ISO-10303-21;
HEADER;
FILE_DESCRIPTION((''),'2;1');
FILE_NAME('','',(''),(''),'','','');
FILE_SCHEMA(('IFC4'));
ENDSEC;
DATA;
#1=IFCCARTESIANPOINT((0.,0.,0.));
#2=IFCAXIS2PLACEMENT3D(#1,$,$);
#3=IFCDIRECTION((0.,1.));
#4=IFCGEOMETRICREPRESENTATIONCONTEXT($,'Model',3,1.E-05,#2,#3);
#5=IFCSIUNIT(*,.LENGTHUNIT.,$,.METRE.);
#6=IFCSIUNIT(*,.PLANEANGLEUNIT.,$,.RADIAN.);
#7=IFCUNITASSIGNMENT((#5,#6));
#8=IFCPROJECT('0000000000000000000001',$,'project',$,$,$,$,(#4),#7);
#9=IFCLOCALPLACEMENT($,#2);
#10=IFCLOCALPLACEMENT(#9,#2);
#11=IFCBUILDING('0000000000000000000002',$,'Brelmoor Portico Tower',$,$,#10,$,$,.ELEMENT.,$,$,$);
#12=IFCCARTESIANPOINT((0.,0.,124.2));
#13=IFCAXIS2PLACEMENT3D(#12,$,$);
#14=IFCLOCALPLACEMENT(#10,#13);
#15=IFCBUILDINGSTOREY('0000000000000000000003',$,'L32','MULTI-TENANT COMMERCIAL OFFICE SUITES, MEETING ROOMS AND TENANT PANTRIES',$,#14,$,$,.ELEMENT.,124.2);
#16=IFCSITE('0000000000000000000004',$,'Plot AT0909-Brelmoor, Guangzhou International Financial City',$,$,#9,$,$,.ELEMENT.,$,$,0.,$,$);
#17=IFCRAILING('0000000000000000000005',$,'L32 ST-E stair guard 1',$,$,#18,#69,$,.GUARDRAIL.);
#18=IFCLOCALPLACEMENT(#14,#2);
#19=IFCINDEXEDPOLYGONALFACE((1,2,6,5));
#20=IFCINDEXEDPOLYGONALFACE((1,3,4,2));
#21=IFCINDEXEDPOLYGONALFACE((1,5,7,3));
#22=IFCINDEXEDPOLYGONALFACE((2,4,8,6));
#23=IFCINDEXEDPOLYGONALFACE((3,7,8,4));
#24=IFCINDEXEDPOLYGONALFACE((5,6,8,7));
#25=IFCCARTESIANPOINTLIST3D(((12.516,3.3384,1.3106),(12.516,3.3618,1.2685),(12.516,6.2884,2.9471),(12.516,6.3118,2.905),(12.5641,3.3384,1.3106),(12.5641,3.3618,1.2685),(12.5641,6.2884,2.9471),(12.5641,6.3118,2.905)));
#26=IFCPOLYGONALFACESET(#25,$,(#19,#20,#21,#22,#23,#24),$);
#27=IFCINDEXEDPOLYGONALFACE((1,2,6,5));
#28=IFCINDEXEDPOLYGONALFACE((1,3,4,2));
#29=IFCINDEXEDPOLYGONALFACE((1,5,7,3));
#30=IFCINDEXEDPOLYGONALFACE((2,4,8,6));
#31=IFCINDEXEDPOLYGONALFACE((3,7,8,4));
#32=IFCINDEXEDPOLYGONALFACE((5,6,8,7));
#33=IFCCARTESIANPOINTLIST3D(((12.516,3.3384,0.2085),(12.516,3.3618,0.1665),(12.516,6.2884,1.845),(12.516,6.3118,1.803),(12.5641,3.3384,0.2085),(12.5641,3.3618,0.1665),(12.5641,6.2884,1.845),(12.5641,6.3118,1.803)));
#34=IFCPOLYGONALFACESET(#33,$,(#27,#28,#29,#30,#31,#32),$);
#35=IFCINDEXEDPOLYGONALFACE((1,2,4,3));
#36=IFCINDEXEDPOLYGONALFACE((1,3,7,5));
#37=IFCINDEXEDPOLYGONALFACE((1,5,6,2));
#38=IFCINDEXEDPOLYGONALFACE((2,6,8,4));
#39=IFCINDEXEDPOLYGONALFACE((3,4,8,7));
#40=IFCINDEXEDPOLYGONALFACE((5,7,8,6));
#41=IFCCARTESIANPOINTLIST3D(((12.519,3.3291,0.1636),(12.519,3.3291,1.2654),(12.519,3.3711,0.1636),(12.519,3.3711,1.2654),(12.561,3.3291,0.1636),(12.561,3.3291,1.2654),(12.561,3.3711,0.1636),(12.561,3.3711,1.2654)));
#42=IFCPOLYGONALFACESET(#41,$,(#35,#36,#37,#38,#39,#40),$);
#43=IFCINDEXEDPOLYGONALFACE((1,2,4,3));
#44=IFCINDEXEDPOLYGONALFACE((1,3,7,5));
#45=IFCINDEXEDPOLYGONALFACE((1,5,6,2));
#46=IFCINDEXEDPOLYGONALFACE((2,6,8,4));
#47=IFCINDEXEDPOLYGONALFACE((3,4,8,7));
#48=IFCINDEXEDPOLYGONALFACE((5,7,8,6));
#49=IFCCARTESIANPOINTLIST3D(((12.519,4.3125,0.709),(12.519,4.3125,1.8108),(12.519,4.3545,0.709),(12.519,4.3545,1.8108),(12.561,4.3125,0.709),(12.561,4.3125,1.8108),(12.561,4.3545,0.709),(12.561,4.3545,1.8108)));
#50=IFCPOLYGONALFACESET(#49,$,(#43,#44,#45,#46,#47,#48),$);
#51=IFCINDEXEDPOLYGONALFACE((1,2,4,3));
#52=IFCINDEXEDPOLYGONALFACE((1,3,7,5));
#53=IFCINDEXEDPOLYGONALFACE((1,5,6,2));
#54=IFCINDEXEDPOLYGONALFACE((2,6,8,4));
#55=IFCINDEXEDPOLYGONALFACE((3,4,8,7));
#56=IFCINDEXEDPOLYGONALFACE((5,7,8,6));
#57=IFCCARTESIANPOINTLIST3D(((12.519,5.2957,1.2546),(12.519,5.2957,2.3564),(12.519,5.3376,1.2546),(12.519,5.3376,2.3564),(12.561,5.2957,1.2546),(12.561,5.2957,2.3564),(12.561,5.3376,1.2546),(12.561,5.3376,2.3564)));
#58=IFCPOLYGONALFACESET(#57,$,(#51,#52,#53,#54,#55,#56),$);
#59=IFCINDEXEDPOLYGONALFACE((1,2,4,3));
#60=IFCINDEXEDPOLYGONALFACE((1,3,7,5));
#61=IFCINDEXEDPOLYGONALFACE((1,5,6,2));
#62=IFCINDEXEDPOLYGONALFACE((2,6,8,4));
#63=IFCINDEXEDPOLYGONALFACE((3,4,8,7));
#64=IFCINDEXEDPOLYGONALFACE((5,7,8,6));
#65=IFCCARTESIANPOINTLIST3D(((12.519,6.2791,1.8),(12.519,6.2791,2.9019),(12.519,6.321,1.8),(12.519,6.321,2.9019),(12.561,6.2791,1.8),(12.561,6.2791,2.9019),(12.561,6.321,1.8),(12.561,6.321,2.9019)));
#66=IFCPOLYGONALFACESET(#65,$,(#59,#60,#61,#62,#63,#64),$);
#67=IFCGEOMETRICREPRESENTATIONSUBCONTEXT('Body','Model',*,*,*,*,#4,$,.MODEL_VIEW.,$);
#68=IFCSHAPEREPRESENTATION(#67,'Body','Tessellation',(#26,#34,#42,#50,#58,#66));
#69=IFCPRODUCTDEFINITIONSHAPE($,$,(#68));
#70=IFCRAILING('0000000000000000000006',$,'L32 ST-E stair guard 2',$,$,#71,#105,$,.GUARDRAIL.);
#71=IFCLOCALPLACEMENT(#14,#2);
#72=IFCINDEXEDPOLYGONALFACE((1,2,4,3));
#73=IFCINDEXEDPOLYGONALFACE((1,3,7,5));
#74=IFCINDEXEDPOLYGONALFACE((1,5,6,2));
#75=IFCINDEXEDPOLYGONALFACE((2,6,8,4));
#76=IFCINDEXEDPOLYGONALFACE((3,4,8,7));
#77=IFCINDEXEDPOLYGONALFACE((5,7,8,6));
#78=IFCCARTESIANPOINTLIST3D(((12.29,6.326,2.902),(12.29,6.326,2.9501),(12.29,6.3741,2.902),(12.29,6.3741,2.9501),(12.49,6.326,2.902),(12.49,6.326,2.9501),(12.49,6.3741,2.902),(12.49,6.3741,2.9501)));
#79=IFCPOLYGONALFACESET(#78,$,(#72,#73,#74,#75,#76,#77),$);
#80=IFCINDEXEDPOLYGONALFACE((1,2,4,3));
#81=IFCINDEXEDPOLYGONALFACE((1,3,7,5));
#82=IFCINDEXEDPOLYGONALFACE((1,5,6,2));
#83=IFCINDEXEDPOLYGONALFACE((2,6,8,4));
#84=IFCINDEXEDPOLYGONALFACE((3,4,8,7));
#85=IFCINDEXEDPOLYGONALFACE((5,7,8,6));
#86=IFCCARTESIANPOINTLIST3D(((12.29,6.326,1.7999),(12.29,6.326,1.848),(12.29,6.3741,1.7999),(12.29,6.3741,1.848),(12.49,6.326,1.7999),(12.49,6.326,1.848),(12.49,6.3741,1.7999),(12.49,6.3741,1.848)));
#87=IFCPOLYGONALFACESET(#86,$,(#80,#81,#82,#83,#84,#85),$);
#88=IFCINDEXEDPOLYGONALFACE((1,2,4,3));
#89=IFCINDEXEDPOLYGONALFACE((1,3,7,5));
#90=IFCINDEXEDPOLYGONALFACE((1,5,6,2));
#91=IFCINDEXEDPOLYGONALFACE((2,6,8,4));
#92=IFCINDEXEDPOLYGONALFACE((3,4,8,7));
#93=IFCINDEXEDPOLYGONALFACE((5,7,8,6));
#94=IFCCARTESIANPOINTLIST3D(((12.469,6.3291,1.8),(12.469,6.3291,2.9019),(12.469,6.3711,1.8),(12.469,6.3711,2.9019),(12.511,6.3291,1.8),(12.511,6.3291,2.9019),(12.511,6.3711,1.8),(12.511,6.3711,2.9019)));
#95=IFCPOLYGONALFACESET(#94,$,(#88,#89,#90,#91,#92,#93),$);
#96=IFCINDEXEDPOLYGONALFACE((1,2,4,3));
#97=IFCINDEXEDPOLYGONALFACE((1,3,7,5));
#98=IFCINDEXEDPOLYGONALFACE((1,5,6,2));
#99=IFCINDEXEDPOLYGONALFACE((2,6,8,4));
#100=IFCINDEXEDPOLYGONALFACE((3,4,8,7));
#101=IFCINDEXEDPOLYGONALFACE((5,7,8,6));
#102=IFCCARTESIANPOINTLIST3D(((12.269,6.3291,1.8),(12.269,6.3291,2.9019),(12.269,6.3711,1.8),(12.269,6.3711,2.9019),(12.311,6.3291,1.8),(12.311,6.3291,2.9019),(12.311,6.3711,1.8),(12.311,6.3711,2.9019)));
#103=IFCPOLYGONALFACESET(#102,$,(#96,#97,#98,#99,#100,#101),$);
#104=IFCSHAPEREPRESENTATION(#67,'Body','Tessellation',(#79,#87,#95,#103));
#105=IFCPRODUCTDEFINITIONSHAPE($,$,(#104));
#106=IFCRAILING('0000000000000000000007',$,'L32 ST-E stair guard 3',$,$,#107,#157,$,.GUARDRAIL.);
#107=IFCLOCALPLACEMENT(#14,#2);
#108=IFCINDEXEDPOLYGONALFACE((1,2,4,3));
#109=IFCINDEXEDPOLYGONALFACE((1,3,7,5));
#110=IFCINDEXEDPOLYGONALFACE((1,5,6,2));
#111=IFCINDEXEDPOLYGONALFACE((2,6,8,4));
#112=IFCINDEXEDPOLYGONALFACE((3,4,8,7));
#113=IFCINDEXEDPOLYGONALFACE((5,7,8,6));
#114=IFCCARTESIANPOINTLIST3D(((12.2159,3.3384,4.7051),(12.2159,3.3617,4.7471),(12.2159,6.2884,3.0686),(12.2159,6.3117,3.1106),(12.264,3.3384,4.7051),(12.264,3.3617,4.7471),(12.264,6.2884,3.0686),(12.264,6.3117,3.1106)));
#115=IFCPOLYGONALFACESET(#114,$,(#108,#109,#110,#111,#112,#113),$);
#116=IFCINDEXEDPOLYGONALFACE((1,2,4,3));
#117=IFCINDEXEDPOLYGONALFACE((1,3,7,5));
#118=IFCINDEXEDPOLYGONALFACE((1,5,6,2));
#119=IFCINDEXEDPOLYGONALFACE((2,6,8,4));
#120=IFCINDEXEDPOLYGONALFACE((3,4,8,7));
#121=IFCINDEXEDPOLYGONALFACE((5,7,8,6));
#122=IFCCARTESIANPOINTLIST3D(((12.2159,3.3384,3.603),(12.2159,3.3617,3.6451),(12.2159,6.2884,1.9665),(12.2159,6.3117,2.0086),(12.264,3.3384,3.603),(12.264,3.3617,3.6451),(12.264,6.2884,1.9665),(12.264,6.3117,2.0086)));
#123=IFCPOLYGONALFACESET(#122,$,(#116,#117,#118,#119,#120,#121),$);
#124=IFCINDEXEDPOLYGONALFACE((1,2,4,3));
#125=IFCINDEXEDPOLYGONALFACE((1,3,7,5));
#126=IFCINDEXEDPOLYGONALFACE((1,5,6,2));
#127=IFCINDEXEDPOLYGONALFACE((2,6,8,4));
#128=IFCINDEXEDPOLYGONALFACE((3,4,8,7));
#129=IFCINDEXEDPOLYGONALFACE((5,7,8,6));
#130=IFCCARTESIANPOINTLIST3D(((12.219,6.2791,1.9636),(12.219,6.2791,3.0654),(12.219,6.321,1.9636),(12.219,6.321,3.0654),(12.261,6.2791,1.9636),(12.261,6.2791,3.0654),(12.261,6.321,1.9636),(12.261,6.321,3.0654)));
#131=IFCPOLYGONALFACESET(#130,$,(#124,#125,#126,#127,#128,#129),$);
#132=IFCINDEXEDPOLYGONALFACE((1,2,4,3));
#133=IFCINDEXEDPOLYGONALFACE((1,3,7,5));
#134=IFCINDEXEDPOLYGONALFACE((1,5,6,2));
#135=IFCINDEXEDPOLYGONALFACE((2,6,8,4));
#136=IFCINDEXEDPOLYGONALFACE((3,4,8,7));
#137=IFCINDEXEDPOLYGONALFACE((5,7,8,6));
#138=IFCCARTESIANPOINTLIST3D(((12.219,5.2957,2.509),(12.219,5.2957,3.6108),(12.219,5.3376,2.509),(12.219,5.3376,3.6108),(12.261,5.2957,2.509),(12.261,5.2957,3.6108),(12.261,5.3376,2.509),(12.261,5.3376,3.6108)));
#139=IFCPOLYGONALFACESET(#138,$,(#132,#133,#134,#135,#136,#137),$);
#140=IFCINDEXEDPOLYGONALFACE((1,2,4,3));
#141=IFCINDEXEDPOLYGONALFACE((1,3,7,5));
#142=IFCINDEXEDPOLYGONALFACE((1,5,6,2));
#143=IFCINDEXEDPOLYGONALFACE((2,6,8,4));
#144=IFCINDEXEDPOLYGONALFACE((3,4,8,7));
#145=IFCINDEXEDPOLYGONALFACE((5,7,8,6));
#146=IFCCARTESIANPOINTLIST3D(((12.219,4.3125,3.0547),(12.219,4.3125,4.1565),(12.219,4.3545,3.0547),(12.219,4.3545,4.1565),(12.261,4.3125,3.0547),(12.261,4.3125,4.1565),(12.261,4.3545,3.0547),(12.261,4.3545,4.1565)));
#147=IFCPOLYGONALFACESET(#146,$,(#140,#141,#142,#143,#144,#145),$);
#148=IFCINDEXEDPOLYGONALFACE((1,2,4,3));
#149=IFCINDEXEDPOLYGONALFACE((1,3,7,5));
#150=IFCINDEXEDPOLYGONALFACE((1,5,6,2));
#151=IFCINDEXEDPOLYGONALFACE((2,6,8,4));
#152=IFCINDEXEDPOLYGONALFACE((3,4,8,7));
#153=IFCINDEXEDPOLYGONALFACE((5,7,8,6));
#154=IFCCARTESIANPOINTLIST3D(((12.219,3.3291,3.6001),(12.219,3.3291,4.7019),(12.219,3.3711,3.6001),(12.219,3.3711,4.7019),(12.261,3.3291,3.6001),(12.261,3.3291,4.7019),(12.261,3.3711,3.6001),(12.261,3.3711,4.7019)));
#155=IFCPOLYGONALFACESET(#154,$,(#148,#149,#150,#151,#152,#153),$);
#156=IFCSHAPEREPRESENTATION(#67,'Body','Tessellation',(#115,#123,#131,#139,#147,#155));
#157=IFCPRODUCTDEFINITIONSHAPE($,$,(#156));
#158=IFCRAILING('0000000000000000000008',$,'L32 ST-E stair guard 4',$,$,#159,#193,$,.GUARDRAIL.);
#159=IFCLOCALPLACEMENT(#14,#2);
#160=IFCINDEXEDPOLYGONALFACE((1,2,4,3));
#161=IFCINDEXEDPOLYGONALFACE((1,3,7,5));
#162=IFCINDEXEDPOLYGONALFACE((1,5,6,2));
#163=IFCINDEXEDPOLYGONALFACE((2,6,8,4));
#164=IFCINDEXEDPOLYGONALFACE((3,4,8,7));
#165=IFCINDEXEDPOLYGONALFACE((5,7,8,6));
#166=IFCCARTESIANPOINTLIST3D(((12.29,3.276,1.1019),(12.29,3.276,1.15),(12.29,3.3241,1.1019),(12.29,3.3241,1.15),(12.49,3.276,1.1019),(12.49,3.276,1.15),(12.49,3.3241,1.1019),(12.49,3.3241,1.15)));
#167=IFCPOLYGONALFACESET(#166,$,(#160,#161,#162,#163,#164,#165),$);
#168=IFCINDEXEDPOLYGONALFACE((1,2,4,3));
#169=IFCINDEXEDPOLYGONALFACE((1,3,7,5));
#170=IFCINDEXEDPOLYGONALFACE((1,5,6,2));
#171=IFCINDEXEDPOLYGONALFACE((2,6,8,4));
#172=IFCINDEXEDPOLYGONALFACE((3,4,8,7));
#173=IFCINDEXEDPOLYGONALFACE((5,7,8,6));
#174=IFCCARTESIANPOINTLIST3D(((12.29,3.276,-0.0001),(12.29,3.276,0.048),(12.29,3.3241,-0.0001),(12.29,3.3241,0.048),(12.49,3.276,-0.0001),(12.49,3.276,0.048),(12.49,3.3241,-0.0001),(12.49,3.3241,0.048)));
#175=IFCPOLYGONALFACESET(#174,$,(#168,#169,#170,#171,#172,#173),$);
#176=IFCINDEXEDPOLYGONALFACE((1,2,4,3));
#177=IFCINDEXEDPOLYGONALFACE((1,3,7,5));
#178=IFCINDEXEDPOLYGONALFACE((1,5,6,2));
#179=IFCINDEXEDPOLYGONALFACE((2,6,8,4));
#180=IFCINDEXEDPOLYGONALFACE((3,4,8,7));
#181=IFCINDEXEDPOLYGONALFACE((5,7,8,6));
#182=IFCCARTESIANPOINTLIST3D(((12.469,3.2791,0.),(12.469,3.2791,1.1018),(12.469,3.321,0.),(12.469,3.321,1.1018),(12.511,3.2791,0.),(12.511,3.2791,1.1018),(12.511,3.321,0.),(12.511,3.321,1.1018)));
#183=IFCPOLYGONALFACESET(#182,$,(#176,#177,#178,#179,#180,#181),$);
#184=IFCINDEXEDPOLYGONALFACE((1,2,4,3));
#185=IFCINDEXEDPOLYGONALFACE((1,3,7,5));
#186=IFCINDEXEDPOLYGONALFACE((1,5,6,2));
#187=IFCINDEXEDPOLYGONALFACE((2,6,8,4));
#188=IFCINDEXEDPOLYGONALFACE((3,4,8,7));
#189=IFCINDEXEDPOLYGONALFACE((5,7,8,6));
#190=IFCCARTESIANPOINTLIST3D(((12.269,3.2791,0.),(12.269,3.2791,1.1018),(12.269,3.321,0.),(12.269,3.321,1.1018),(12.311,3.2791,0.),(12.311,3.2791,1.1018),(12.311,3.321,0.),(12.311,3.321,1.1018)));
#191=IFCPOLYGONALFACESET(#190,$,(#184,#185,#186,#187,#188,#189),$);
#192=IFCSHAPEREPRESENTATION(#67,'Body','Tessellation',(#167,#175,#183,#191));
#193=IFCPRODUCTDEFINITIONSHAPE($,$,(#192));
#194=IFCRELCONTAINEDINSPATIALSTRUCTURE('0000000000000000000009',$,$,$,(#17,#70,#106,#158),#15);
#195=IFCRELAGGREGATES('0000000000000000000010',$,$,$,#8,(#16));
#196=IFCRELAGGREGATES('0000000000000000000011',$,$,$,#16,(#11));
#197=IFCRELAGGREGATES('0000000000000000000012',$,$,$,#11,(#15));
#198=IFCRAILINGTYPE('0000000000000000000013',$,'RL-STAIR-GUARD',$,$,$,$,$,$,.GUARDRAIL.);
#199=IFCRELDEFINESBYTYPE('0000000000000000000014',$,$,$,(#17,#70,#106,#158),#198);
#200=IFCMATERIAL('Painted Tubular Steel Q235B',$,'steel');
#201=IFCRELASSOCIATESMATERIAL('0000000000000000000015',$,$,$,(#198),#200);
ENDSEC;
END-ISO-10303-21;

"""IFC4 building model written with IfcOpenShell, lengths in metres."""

from ifc_helpers import new_model, si_unit, direction, frame, origin, origin_2d, place, context, subcontext, project, spatial, rectangle, extrude, material, type_object, element, save


model = new_model("IFC4")

# Units and contexts
model_context = context("Model", 3, precision=1e-05, world=origin(), true_north=direction((0.0, 1.0)))
body_context = subcontext(model_context, "Body", "Model", "MODEL_VIEW")
ifc_project = project(units=[si_unit("LENGTHUNIT", "METRE"), si_unit("PLANEANGLEUNIT", "RADIAN")], contexts=[model_context])

# Site, building, storey
site_placement = place(None, origin())
site = spatial("IfcSite", under=ifc_project, at=site_placement, Name="Plot AT0909-Brelmoor, Guangzhou International Financial City", CompositionType="ELEMENT", RefElevation=0.0)
building_placement = place(site_placement, origin())
building = spatial("IfcBuilding", under=site, at=building_placement, Name="Brelmoor Portico Tower", CompositionType="ELEMENT")
storey_placement = place(building_placement, frame((0.0, 0.0, 124.2)))
storey = spatial("IfcBuildingStorey", under=building, at=storey_placement, Name="L32", Description="MULTI-TENANT COMMERCIAL OFFICE SUITES, MEETING ROOMS AND TENANT PANTRIES", CompositionType="ELEMENT", Elevation=124.2)

# Railings
ifc_material_1 = material(Name="Painted Tubular Steel Q235B", Category="steel")
railing_type_1 = type_object("IfcRailingType", Name="RL-STAIR-GUARD", PredefinedType="GUARDRAIL", material=ifc_material_1)
railing_1_placement = place(storey_placement, frame((12.54, 3.3501, 0.1636)))
element("IfcRailing", 1, at=railing_1_placement, inside=storey, type_object=railing_type_1, Name="L32 ST-E stair guard 1", PredefinedType="GUARDRAIL", context=body_context, shape_type="SweptSolid", body=[
    extrude(rectangle(XDim=0.0481, YDim=0.0481, at=origin_2d()), frame((0.0, 0.0, 1.126), z_axis=(0.0, 0.874458, 0.485102), x_axis=(-1.0, 0.0, 0.0)), (0.0, 0.0, 1.0), 3.3735),
    extrude(rectangle(XDim=0.0481, YDim=0.0481, at=origin_2d()), frame((0.0, 0.0, 0.0239), z_axis=(0.0, 0.874458, 0.485102), x_axis=(-1.0, 0.0, 0.0)), (0.0, 0.0, 1.0), 3.3735),
    extrude(rectangle(XDim=0.042, YDim=0.042, at=origin_2d()), origin(), (0.0, 0.0, 1.0), 1.1018),
    extrude(rectangle(XDim=0.042, YDim=0.042, at=origin_2d()), frame((0.0, 0.9834, 0.5454)), (0.0, 0.0, 1.0), 1.1018),
    extrude(rectangle(XDim=0.042, YDim=0.042, at=origin_2d()), frame((0.0, 1.9666, 1.0911)), (0.0, 0.0, 1.0), 1.1018),
    extrude(rectangle(XDim=0.042, YDim=0.042, at=origin_2d()), frame((0.0, 2.95, 1.6365)), (0.0, 0.0, 1.0), 1.1018),
])
railing_2_placement = place(storey_placement, frame((12.49, 6.3501, 1.8)))
element("IfcRailing", 2, at=railing_2_placement, inside=storey, type_object=railing_type_1, Name="L32 ST-E stair guard 2", PredefinedType="GUARDRAIL", context=body_context, shape_type="SweptSolid", body=[
    extrude(rectangle(XDim=0.0481, YDim=0.0481, at=origin_2d()), frame((0.0, 0.0, 1.126), z_axis=(-1.0, 0.0, 0.0), x_axis=(0.0, -1.0, 0.0)), (0.0, 0.0, 1.0), 0.2),
    extrude(rectangle(XDim=0.0481, YDim=0.0481, at=origin_2d()), frame((0.0, 0.0, 0.0239), z_axis=(-1.0, 0.0, 0.0), x_axis=(0.0, -1.0, 0.0)), (0.0, 0.0, 1.0), 0.2),
    extrude(rectangle(XDim=0.042, YDim=0.042, at=origin_2d()), origin(), (0.0, 0.0, 1.0), 1.1018),
    extrude(rectangle(XDim=0.042, YDim=0.042, at=origin_2d()), frame((-0.2, 0.0, 0.0)), (0.0, 0.0, 1.0), 1.1018),
])
railing_3_placement = place(storey_placement, frame((12.24, 6.3, 1.9636)))
element("IfcRailing", 3, at=railing_3_placement, inside=storey, type_object=railing_type_1, Name="L32 ST-E stair guard 3", PredefinedType="GUARDRAIL", context=body_context, shape_type="SweptSolid", body=[
    extrude(rectangle(XDim=0.0481, YDim=0.0481, at=origin_2d()), frame((0.0, 0.0, 1.126), z_axis=(0.0, -0.874458, 0.485102), x_axis=(1.0, 0.0, 0.0)), (0.0, 0.0, 1.0), 3.3735),
    extrude(rectangle(XDim=0.0481, YDim=0.0481, at=origin_2d()), frame((0.0, 0.0, 0.0239), z_axis=(0.0, -0.874458, 0.485102), x_axis=(1.0, 0.0, 0.0)), (0.0, 0.0, 1.0), 3.3735),
    extrude(rectangle(XDim=0.042, YDim=0.042, at=origin_2d()), origin(), (0.0, 0.0, 1.0), 1.1018),
    extrude(rectangle(XDim=0.042, YDim=0.042, at=origin_2d()), frame((0.0, -0.9834, 0.5454)), (0.0, 0.0, 1.0), 1.1018),
    extrude(rectangle(XDim=0.042, YDim=0.042, at=origin_2d()), frame((0.0, -1.9666, 1.0911)), (0.0, 0.0, 1.0), 1.1018),
    extrude(rectangle(XDim=0.042, YDim=0.042, at=origin_2d()), frame((0.0, -2.95, 1.6365)), (0.0, 0.0, 1.0), 1.1018),
])
railing_4_placement = place(storey_placement, frame((12.49, 3.3, 0.0)))
element("IfcRailing", 4, at=railing_4_placement, inside=storey, type_object=railing_type_1, Name="L32 ST-E stair guard 4", PredefinedType="GUARDRAIL", context=body_context, shape_type="SweptSolid", body=[
    extrude(rectangle(XDim=0.0481, YDim=0.0481, at=origin_2d()), frame((0.0, 0.0, 1.126), z_axis=(-1.0, 0.0, 0.0), x_axis=(0.0, -1.0, 0.0)), (0.0, 0.0, 1.0), 0.2),
    extrude(rectangle(XDim=0.0481, YDim=0.0481, at=origin_2d()), frame((0.0, 0.0, 0.0239), z_axis=(-1.0, 0.0, 0.0), x_axis=(0.0, -1.0, 0.0)), (0.0, 0.0, 1.0), 0.2),
    extrude(rectangle(XDim=0.042, YDim=0.042, at=origin_2d()), origin(), (0.0, 0.0, 1.0), 1.1018),
    extrude(rectangle(XDim=0.042, YDim=0.042, at=origin_2d()), frame((-0.2, 0.0, 0.0)), (0.0, 0.0, 1.0), 1.1018),
])

save(model, "model.ifc")
